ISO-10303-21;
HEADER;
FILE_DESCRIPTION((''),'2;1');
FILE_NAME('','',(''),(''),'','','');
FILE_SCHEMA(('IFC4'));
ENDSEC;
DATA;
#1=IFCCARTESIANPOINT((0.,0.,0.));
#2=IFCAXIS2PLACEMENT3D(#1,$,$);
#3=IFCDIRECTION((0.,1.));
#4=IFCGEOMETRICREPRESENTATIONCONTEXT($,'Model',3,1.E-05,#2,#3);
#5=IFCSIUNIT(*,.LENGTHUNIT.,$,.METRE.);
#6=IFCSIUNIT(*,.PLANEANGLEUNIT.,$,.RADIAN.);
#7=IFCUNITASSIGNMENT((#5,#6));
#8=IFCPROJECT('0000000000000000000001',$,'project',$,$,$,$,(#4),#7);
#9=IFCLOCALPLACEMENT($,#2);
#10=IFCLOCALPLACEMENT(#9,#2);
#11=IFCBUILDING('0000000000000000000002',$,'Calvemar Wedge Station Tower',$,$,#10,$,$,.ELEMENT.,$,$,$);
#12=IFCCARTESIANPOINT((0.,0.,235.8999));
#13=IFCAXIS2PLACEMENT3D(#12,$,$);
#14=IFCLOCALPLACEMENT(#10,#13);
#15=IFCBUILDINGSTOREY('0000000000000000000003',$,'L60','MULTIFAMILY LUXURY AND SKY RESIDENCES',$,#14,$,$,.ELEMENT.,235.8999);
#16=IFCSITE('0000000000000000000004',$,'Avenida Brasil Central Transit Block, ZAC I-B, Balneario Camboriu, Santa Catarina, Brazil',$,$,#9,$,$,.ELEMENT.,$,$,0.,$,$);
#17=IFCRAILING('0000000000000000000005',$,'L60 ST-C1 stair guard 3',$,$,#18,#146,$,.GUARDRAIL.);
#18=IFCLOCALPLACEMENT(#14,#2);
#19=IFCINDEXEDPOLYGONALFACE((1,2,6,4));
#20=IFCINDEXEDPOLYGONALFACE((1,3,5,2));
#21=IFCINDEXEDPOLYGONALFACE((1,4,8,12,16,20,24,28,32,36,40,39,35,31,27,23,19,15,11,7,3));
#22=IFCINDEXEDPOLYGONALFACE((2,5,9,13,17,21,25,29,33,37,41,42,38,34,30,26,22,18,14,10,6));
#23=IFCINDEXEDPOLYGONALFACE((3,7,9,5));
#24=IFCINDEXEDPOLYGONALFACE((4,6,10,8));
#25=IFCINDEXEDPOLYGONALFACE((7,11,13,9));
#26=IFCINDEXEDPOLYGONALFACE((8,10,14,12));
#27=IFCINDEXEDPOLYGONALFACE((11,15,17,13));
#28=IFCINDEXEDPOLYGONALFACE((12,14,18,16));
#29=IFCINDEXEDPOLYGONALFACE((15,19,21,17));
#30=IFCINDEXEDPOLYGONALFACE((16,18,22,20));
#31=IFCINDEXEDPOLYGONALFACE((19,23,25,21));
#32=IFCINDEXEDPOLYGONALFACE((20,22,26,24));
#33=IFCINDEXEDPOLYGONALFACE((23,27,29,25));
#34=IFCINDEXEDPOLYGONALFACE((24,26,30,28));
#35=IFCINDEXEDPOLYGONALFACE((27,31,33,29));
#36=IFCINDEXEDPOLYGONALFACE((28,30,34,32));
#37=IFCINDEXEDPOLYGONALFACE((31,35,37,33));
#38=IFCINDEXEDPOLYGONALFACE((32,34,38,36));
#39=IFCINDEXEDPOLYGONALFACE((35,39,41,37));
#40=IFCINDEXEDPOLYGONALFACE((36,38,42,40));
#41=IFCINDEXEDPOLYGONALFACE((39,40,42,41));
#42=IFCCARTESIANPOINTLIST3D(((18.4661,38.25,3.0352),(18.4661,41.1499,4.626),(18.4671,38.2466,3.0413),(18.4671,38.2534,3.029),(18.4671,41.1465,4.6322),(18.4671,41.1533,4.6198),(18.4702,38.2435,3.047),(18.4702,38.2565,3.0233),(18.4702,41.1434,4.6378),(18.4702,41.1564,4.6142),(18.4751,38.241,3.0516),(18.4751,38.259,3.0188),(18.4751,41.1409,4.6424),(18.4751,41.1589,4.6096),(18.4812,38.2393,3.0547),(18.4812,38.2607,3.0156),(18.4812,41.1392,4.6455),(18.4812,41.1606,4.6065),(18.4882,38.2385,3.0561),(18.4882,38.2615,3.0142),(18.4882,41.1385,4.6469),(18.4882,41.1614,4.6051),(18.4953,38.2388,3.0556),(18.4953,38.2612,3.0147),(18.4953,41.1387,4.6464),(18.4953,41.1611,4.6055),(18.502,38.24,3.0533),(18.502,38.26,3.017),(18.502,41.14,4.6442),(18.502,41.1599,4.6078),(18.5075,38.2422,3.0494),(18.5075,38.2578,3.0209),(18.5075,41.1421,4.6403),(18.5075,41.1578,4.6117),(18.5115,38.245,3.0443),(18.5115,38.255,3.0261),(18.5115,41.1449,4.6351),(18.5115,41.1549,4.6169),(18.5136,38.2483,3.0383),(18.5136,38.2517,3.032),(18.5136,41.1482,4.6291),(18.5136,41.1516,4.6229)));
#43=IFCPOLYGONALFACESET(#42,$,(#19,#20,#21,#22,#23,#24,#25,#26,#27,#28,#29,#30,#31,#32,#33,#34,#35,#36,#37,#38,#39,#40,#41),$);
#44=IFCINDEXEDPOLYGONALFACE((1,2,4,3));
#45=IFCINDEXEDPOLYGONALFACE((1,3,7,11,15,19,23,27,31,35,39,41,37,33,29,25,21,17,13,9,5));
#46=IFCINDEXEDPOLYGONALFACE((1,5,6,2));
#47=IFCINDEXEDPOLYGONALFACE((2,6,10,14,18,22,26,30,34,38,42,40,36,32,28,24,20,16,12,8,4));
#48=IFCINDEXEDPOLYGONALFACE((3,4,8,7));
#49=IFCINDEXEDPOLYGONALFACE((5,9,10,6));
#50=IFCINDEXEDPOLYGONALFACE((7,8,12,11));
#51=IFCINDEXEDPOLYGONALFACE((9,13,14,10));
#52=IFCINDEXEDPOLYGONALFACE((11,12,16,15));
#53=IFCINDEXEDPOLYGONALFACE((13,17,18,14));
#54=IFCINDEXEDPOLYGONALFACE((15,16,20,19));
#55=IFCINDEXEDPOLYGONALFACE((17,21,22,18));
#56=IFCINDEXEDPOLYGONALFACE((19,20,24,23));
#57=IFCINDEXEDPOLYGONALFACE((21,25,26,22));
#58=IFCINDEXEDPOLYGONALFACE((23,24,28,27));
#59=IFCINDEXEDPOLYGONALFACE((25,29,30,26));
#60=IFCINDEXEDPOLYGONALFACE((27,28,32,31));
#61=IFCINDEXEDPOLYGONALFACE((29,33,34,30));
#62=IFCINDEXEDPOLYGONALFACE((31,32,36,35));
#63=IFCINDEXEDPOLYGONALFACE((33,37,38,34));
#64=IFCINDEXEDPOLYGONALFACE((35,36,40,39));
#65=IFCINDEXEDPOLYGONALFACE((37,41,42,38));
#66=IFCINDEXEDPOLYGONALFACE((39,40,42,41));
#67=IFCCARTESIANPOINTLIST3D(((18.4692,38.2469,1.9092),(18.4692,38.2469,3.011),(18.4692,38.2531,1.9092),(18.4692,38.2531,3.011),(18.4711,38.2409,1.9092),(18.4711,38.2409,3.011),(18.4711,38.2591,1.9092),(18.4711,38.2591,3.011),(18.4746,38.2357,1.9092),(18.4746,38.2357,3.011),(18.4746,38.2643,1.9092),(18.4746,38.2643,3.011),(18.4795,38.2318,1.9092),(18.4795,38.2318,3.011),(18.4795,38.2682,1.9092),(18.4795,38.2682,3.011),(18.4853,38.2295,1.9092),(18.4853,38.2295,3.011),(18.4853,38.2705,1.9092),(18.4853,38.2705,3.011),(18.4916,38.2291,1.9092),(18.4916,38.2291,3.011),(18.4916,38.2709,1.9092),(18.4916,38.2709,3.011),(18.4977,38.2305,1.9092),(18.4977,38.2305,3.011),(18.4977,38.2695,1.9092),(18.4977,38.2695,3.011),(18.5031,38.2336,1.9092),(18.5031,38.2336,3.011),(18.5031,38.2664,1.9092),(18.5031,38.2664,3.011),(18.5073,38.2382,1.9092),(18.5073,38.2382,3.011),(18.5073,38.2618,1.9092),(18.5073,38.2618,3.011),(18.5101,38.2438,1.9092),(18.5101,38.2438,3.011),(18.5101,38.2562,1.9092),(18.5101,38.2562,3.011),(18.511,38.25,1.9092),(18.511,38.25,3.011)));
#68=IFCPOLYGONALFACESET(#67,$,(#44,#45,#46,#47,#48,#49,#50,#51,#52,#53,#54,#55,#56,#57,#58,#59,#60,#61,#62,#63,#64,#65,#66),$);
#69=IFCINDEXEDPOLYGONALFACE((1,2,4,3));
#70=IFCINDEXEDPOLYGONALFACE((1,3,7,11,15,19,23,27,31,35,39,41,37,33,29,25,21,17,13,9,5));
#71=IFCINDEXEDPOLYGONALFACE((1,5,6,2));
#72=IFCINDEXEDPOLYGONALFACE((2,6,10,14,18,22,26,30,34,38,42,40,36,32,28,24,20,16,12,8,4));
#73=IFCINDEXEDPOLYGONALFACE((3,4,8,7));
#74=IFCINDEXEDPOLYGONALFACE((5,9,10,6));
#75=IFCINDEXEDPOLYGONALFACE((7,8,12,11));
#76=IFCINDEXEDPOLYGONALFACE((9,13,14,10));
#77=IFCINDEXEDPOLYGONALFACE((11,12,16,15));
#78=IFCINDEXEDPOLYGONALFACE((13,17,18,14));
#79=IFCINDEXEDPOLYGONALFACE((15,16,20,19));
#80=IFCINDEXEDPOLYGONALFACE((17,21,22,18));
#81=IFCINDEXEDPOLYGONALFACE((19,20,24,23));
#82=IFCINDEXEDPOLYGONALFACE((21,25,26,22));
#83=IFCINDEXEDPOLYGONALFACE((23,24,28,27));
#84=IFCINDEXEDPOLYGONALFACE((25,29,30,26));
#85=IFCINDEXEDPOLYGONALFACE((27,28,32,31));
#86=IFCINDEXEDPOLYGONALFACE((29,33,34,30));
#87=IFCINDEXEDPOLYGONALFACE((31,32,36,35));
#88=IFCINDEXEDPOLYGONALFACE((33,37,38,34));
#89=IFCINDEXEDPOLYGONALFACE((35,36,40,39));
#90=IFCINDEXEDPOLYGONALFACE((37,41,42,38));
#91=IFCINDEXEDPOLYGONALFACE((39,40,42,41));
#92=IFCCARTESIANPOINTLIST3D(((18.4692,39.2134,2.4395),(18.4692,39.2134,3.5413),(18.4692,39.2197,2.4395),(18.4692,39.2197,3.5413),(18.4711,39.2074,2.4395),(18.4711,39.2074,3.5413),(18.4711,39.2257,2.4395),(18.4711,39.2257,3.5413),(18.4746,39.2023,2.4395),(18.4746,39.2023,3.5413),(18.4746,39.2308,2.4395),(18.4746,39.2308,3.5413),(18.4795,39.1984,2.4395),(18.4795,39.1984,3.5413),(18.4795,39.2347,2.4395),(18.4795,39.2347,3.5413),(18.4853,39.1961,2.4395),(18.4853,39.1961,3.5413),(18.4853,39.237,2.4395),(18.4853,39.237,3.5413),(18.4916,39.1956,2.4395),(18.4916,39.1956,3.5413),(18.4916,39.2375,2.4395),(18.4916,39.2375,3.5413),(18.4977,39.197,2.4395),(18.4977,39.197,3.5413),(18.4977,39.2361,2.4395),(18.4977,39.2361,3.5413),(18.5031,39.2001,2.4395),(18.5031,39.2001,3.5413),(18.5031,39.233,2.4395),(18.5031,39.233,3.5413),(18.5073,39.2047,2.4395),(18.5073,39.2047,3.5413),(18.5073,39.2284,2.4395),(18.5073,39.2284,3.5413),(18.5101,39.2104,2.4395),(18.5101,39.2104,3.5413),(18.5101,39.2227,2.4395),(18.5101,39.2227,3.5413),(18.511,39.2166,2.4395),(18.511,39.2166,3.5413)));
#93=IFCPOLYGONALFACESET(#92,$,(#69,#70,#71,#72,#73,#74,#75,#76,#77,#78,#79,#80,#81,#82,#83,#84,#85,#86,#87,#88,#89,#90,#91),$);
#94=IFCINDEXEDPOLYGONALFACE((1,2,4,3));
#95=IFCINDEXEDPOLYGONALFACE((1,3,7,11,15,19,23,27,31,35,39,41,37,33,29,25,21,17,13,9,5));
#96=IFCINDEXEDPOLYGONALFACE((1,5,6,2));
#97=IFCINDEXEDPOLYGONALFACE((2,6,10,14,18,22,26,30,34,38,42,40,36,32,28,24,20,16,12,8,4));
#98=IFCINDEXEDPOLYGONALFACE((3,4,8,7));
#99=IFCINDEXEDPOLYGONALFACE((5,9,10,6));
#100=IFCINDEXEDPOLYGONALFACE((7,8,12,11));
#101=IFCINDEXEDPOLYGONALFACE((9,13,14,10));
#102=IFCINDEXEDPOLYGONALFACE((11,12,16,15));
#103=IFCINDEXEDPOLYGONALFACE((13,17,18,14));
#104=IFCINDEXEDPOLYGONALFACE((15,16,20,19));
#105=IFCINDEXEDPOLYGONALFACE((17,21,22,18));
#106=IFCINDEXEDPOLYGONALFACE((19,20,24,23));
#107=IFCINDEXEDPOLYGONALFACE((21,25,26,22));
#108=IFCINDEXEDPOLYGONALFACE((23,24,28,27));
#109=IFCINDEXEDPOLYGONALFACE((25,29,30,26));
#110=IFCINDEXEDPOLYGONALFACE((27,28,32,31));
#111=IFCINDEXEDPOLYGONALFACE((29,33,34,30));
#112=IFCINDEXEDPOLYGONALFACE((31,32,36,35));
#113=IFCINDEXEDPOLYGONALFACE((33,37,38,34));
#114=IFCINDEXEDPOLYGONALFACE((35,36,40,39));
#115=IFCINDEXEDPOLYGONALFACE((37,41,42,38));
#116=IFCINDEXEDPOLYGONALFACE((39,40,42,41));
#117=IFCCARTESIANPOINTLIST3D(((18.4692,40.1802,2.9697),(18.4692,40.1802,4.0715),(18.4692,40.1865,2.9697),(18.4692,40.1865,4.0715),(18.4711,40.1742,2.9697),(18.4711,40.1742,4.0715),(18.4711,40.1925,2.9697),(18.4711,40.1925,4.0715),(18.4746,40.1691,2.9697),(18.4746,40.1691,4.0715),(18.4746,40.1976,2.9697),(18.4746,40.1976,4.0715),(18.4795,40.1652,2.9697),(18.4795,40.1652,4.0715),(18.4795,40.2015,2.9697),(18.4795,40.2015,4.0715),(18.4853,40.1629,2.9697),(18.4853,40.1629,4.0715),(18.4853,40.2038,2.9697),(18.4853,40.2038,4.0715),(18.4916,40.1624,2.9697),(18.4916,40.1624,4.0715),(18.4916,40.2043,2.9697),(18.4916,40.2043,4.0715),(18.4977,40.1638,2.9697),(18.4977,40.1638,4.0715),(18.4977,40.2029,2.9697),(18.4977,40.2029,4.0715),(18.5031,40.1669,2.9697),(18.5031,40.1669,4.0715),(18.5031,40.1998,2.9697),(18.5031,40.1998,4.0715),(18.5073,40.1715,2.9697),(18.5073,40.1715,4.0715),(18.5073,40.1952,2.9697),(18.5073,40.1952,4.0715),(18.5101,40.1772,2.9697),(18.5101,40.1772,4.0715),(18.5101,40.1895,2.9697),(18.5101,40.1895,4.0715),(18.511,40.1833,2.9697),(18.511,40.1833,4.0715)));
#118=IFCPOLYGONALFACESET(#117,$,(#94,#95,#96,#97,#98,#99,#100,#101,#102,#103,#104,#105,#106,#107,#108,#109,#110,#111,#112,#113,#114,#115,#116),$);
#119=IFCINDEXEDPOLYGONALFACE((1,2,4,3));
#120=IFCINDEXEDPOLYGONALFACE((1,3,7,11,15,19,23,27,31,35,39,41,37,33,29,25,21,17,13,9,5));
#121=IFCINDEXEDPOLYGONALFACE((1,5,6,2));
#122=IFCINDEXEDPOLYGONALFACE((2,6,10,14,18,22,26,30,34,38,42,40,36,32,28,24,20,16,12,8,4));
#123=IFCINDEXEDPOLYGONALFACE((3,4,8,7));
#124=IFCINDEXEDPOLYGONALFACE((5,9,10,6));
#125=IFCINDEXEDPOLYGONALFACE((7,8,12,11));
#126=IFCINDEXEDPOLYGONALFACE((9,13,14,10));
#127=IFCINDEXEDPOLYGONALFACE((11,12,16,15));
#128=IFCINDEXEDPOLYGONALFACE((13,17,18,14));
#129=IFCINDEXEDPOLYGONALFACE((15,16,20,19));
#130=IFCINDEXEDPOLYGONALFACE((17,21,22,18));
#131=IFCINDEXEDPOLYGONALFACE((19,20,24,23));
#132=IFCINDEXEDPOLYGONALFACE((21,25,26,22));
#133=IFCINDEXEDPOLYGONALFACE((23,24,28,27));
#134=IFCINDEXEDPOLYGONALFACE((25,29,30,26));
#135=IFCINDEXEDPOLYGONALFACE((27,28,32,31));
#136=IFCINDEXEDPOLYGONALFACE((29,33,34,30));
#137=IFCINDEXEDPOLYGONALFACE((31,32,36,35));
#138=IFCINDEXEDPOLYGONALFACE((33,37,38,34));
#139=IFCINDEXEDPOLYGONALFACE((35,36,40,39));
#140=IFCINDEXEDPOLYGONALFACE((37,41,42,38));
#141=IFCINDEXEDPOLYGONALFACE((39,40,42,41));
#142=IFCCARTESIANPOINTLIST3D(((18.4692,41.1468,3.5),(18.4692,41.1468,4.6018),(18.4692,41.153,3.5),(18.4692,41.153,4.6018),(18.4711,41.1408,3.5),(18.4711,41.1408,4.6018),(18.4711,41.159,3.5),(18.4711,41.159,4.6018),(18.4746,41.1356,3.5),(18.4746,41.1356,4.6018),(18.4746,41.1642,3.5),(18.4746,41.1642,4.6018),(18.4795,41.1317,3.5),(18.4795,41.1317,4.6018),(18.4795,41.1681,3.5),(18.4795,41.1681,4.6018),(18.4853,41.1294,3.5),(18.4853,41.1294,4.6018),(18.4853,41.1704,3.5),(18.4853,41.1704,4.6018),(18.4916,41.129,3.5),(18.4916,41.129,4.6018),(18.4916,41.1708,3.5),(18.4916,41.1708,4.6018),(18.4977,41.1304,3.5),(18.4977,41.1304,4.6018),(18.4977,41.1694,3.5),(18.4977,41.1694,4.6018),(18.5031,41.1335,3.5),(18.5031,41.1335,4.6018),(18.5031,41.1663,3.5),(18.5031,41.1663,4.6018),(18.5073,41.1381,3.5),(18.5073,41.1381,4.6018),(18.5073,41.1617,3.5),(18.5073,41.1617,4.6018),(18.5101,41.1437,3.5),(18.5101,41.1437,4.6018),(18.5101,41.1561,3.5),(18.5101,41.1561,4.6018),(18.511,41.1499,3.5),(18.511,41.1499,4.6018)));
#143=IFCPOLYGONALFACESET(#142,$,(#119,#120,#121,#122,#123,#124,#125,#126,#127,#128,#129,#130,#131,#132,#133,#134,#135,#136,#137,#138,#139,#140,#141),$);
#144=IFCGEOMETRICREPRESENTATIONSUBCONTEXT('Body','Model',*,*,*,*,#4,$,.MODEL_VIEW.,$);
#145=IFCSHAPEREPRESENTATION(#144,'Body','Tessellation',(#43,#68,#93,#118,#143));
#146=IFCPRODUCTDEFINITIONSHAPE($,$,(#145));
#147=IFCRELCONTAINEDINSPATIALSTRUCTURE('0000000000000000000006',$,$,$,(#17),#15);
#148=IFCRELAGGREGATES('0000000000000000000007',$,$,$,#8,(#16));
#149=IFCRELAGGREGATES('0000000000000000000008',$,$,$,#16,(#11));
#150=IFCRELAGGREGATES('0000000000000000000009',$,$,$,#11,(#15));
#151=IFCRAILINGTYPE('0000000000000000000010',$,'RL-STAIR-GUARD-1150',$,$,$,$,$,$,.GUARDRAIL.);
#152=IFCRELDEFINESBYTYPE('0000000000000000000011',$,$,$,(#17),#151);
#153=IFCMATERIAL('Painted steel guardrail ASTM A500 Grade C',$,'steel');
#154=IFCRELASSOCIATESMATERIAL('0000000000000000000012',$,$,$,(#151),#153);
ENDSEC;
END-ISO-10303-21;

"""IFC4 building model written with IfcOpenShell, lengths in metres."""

from ifc_helpers import new_model, si_unit, direction, frame, origin, origin_2d, place, context, subcontext, project, spatial, circle, extrude, material, type_object, element, save


model = new_model("IFC4")

# Units and contexts
model_context = context("Model", 3, precision=1e-05, world=origin(), true_north=direction((0.0, 1.0)))
body_context = subcontext(model_context, "Body", "Model", "MODEL_VIEW")
ifc_project = project(units=[si_unit("LENGTHUNIT", "METRE"), si_unit("PLANEANGLEUNIT", "RADIAN")], contexts=[model_context])

# Site, building, storey
site_placement = place(None, origin())
site = spatial("IfcSite", under=ifc_project, at=site_placement, Name="Avenida Brasil Central Transit Block, ZAC I-B, Balneario Camboriu, Santa Catarina, Brazil", CompositionType="ELEMENT", RefElevation=0.0)
building_placement = place(site_placement, origin())
building = spatial("IfcBuilding", under=site, at=building_placement, Name="Calvemar Wedge Station Tower", CompositionType="ELEMENT")
storey_placement = place(building_placement, frame((0.0, 0.0, 235.8999)))
storey = spatial("IfcBuildingStorey", under=building, at=storey_placement, Name="L60", Description="MULTIFAMILY LUXURY AND SKY RESIDENCES", CompositionType="ELEMENT", Elevation=235.8999)

# Railing
ifc_material_1 = material(Name="Painted steel guardrail ASTM A500 Grade C", Category="steel")
railing_type_1 = type_object("IfcRailingType", Name="RL-STAIR-GUARD-1150", PredefinedType="GUARDRAIL", material=ifc_material_1)
railing_1_placement = place(storey_placement, frame((18.49, 38.25, 1.9092)))
element("IfcRailing", 1, at=railing_1_placement, inside=storey, type_object=railing_type_1, Name="L60 ST-C1 stair guard 3", PredefinedType="GUARDRAIL", context=body_context, shape_type="SweptSolid", body=[
    extrude(circle(Radius=0.0239, at=origin_2d()), frame((0.0, 0.0, 1.126), z_axis=(0.0, 0.876742, 0.480961), x_axis=(-1.0, 0.0, 0.0)), (0.0, 0.0, 1.0), 3.3076),
    extrude(circle(Radius=0.021, at=origin_2d()), origin(), (0.0, 0.0, 1.0), 1.1018),
    extrude(circle(Radius=0.021, at=origin_2d()), frame((0.0, 0.9666, 0.5303)), (0.0, 0.0, 1.0), 1.1018),
    extrude(circle(Radius=0.021, at=origin_2d()), frame((0.0, 1.9333, 1.0605)), (0.0, 0.0, 1.0), 1.1018),
    extrude(circle(Radius=0.021, at=origin_2d()), frame((0.0, 2.8999, 1.5908)), (0.0, 0.0, 1.0), 1.1018),
])

save(model, "model.ifc")
